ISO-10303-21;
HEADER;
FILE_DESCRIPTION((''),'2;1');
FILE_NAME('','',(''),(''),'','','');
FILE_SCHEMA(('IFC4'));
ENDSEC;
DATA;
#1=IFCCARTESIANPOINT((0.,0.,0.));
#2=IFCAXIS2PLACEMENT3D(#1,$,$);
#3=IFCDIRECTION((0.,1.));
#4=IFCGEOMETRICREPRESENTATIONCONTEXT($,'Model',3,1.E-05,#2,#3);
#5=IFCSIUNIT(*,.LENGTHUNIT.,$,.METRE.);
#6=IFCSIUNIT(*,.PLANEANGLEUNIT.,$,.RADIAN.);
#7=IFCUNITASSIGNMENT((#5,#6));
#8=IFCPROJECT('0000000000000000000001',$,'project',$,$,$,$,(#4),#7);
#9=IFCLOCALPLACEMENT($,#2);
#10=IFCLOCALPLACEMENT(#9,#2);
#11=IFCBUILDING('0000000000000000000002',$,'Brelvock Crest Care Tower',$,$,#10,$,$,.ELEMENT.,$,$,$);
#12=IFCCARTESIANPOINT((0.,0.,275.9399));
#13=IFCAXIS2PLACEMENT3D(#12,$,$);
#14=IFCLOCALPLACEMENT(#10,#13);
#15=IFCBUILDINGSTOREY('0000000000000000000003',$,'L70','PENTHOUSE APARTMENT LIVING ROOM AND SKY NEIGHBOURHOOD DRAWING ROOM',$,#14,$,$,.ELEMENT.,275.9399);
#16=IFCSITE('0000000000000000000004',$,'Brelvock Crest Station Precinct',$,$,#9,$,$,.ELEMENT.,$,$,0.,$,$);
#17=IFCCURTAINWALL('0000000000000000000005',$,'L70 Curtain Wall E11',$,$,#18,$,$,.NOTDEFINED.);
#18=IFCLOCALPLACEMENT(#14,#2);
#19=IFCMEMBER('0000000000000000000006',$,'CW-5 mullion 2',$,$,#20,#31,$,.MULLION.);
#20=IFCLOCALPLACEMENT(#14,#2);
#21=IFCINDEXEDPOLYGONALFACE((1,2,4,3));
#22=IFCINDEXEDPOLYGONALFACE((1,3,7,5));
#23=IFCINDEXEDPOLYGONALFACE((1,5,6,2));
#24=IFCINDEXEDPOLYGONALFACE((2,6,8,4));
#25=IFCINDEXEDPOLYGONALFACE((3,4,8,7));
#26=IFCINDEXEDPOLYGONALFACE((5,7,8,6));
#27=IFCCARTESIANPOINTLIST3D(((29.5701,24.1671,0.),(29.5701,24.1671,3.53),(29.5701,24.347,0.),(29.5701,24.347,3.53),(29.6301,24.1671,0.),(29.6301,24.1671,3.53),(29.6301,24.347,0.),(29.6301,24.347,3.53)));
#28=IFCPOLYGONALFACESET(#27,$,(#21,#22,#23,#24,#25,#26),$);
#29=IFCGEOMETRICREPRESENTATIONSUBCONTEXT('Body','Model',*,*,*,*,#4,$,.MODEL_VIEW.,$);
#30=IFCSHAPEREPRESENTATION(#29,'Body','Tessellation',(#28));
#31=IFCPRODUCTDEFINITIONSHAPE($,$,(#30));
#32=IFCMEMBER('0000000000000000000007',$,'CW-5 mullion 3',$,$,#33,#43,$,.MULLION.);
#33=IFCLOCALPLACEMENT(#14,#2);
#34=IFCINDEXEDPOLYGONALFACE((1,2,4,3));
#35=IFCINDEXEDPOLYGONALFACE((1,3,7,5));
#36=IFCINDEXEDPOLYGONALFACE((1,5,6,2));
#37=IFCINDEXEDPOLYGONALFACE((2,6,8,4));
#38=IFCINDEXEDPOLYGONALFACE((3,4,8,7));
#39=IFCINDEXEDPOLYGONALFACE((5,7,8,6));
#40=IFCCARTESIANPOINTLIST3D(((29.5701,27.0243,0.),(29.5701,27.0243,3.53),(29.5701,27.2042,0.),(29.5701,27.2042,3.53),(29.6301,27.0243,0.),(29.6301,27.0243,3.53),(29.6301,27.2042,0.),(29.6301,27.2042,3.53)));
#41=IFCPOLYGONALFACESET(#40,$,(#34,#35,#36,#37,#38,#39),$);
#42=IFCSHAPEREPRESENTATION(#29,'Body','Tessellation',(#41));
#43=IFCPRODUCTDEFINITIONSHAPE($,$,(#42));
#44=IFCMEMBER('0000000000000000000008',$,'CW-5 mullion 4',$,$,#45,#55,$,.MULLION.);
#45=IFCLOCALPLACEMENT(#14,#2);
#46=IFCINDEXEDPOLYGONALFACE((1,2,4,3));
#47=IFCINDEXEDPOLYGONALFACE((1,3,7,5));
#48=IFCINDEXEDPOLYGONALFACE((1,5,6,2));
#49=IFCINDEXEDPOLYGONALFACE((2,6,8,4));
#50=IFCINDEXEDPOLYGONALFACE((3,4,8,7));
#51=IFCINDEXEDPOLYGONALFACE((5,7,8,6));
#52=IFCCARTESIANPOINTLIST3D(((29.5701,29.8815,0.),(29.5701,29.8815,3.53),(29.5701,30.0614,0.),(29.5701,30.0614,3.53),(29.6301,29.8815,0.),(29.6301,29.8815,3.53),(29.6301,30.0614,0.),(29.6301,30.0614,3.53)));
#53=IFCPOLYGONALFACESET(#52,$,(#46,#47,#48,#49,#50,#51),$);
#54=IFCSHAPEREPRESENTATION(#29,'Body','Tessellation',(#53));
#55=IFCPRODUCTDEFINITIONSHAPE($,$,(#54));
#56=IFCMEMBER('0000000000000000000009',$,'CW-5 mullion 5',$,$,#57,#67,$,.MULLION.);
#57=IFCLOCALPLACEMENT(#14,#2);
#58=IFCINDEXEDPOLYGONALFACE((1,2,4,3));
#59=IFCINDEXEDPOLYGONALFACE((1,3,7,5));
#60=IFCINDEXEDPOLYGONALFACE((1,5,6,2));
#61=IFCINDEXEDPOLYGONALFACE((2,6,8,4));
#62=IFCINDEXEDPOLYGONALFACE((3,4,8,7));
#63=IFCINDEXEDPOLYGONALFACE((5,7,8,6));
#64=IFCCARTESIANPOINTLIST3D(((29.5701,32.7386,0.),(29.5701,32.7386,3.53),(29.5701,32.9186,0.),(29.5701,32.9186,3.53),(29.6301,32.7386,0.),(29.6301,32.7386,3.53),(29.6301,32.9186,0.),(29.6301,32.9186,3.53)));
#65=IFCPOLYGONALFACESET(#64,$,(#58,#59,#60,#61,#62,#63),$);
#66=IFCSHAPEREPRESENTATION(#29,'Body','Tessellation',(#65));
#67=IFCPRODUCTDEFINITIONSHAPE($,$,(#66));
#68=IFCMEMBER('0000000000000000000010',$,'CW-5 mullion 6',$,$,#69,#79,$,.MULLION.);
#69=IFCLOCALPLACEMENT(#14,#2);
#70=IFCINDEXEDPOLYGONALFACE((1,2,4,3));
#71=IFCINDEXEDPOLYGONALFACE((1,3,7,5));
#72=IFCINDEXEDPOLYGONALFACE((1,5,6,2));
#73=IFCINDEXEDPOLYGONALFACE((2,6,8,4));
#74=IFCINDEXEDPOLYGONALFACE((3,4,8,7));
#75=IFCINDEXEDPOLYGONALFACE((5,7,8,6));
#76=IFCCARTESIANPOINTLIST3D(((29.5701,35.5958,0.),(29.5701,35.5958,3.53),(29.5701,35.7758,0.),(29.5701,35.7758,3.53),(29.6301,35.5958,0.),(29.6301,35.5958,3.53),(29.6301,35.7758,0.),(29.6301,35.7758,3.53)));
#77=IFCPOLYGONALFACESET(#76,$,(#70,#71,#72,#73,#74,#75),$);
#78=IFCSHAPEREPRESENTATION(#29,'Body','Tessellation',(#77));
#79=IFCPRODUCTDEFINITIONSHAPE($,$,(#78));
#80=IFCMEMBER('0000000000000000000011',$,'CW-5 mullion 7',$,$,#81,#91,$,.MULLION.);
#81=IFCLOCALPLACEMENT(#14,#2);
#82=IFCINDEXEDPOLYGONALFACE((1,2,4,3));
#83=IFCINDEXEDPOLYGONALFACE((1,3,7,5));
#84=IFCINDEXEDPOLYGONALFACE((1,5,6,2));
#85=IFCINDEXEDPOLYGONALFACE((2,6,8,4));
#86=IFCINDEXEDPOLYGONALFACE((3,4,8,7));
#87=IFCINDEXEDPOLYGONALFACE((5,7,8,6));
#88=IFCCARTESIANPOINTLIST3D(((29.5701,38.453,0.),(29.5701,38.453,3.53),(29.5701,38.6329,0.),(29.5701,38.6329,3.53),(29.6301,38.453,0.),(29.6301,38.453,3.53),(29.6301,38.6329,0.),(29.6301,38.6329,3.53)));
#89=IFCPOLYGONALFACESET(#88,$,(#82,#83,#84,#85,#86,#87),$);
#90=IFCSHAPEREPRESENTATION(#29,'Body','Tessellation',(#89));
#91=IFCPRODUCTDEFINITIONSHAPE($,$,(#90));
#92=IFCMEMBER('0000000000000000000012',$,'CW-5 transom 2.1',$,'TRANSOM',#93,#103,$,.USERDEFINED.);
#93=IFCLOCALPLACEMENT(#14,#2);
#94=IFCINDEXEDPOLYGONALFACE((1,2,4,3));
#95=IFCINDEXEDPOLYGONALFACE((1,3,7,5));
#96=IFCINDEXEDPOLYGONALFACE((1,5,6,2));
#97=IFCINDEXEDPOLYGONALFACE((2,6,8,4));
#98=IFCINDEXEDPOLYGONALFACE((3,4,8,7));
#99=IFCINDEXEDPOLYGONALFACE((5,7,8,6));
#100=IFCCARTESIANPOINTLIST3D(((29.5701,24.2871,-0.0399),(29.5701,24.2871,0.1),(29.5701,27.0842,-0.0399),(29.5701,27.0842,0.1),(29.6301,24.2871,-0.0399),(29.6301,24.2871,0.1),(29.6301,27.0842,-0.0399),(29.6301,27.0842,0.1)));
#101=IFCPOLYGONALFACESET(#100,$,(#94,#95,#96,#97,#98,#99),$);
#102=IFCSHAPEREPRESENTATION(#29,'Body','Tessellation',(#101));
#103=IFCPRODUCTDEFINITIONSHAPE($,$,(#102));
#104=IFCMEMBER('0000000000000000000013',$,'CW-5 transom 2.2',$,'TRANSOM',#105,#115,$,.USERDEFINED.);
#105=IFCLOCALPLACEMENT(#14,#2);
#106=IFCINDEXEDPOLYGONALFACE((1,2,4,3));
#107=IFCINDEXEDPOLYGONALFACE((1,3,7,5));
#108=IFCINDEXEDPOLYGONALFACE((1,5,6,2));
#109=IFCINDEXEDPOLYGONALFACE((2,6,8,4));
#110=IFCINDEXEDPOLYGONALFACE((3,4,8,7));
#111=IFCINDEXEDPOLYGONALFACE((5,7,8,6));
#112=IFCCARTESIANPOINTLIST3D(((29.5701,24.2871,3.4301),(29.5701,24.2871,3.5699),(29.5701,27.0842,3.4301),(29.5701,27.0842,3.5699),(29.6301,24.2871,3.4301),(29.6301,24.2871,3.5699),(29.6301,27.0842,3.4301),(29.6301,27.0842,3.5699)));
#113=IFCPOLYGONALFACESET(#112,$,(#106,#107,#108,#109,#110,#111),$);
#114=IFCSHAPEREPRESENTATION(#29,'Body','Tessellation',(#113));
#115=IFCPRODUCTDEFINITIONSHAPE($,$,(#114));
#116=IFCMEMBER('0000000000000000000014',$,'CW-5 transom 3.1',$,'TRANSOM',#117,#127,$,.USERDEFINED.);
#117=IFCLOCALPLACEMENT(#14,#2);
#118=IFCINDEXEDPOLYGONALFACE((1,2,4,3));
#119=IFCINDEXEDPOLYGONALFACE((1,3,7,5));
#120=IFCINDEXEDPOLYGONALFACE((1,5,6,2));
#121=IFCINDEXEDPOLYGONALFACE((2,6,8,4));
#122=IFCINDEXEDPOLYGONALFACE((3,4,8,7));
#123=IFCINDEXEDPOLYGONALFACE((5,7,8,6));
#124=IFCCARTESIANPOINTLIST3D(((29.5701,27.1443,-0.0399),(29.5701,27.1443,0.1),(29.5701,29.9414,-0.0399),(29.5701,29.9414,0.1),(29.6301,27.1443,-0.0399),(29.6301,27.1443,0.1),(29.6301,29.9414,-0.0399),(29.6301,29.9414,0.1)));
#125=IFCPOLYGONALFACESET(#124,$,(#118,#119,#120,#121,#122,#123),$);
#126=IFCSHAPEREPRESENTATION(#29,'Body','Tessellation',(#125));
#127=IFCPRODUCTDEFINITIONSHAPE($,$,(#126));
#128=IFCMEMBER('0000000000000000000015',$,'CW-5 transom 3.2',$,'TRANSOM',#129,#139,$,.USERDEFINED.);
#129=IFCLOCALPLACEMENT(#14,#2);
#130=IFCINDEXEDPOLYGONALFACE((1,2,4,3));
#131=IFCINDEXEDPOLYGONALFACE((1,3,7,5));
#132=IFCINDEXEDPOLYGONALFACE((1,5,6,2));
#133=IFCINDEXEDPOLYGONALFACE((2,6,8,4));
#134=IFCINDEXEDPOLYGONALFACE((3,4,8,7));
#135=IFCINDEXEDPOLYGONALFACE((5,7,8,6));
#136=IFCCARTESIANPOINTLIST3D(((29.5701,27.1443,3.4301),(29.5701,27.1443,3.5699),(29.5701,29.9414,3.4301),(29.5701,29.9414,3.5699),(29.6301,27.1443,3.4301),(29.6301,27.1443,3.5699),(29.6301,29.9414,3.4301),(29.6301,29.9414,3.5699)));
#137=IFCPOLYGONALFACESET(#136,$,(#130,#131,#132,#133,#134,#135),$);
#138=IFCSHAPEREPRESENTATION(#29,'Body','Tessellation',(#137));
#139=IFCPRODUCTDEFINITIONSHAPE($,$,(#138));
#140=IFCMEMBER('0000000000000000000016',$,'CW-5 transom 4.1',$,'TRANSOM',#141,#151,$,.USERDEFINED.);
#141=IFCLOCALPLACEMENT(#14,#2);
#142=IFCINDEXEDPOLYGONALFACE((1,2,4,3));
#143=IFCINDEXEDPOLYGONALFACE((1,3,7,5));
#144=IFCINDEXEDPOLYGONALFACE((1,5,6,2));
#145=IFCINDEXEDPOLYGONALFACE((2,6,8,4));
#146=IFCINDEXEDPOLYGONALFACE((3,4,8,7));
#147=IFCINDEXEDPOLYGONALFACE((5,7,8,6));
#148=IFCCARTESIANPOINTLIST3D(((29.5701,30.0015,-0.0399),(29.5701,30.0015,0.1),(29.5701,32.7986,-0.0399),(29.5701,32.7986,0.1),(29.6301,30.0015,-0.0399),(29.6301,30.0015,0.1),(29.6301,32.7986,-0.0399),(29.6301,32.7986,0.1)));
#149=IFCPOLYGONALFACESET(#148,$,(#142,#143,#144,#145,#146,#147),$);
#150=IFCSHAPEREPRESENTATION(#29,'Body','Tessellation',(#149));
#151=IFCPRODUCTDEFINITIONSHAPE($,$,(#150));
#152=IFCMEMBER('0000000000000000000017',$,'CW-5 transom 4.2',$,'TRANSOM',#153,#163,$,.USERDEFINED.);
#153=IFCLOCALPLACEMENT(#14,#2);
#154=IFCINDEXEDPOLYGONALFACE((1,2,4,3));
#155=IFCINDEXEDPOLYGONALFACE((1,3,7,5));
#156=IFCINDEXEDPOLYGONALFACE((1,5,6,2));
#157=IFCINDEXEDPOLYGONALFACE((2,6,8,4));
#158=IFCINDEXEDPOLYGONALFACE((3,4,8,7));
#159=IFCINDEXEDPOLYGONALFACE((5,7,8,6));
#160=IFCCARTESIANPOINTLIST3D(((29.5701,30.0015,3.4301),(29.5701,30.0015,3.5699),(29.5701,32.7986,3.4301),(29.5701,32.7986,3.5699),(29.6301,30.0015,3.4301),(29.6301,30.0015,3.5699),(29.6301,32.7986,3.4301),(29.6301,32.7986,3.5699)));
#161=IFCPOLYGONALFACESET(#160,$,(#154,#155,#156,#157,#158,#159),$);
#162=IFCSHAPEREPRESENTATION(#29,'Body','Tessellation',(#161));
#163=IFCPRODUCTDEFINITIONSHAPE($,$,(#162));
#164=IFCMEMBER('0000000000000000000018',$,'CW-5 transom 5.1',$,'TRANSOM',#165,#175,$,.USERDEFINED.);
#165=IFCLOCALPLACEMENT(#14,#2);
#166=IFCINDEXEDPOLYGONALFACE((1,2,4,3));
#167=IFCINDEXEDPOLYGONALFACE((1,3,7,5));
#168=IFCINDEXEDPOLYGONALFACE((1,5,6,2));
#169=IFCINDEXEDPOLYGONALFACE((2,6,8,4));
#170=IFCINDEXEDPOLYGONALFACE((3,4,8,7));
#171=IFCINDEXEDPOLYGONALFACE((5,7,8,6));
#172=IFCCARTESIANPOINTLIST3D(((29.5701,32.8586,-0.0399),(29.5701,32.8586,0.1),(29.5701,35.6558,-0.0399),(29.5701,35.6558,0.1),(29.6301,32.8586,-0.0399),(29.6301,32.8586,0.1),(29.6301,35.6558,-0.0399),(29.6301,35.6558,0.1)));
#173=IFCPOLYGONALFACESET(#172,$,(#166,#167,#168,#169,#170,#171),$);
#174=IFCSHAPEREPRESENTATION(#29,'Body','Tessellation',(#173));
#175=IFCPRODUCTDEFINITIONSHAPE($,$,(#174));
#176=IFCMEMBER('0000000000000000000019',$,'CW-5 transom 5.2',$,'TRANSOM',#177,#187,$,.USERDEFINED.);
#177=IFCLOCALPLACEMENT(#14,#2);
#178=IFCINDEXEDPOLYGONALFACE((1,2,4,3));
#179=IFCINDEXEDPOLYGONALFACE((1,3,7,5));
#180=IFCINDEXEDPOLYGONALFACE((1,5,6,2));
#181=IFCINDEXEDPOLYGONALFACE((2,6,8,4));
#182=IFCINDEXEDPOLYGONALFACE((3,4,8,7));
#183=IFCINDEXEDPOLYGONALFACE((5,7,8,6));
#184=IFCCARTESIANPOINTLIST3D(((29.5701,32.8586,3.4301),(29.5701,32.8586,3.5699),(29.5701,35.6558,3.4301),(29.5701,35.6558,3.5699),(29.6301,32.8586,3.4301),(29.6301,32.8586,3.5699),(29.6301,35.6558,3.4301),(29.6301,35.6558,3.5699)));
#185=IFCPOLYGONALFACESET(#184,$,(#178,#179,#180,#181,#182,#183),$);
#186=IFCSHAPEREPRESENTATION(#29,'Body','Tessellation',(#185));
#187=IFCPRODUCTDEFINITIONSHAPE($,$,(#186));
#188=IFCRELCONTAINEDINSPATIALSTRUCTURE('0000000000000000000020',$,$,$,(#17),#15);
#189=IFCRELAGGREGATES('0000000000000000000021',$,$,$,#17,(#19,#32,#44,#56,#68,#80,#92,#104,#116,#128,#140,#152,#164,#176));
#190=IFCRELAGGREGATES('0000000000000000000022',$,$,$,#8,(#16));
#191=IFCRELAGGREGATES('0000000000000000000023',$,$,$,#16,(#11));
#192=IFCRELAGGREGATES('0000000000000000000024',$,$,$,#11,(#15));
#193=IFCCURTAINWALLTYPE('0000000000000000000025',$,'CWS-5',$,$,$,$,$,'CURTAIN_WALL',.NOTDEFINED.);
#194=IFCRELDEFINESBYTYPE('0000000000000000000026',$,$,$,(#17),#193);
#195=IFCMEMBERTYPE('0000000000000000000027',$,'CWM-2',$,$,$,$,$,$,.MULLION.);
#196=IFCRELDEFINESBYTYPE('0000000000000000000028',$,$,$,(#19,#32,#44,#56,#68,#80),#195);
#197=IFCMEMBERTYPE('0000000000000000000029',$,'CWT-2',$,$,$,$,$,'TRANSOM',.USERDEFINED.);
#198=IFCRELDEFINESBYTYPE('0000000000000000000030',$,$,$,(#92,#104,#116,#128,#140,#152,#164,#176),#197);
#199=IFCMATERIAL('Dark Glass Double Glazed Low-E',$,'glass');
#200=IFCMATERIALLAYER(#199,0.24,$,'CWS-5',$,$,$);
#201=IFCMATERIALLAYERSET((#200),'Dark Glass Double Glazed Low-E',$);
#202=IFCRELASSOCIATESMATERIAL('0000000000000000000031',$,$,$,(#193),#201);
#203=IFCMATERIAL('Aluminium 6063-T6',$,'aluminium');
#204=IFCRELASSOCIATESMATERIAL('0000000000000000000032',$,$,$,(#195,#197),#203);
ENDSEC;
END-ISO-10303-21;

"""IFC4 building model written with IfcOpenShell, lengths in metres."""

from ifc_helpers import new_model, si_unit, direction, frame, origin, origin_2d, place, context, subcontext, project, spatial, rectangle, extrude, source, transform, mapped, material, layer, layer_set, material_profile, profile_set, type_object, element, aggregate, save


model = new_model("IFC4")

# Units and contexts
model_context = context("Model", 3, precision=1e-05, world=origin(), true_north=direction((0.0, 1.0)))
body_context = subcontext(model_context, "Body", "Model", "MODEL_VIEW")
ifc_project = project(units=[si_unit("LENGTHUNIT", "METRE"), si_unit("PLANEANGLEUNIT", "RADIAN")], contexts=[model_context])

# Site, building, storey
site_placement = place(None, origin())
site = spatial("IfcSite", under=ifc_project, at=site_placement, Name="Brelvock Crest Station Precinct", CompositionType="ELEMENT", RefElevation=0.0)
building_placement = place(site_placement, origin())
building = spatial("IfcBuilding", under=site, at=building_placement, Name="Brelvock Crest Care Tower", CompositionType="ELEMENT")
storey_placement = place(building_placement, frame((0.0, 0.0, 275.9399)))
storey = spatial("IfcBuildingStorey", under=building, at=storey_placement, Name="L70", Description="PENTHOUSE APARTMENT LIVING ROOM AND SKY NEIGHBOURHOOD DRAWING ROOM", CompositionType="ELEMENT", Elevation=275.9399)

# Curtain wall, members
ifc_material_1 = material(Name="Dark Glass Double Glazed Low-E", Category="glass")
ifc_layer_1 = layer(ifc_material_1, 0.24, Name="CWS-5")
ifc_layer_set_1 = layer_set([ifc_layer_1], Name="Dark Glass Double Glazed Low-E")
curtain_wall_type = type_object("IfcCurtainWallType", Name="CWS-5", ElementType="CURTAIN_WALL", PredefinedType="NOTDEFINED", material=ifc_layer_set_1)
curtain_wall_placement = place(storey_placement, origin())
curtain_wall = element("IfcCurtainWall", 1, at=curtain_wall_placement, inside=storey, type_object=curtain_wall_type, Name="L70 Curtain Wall E11", PredefinedType="NOTDEFINED")
ifc_material_2 = material(Name="Aluminium 6063-T6", Category="aluminium")
ifc_material_profile_1 = material_profile(ifc_material_2, rectangle(XDim=0.0601, YDim=0.1799, at=origin_2d()), Name="ALU60x180")
ifc_profile_set_1 = profile_set([ifc_material_profile_1], Name="Aluminium 6063-T6")
member_type_1 = type_object("IfcMemberType", Name="CWM-2", PredefinedType="MULLION", material=ifc_profile_set_1)
shared_shape_1 = source(origin(), body_context, "Body", "SweptSolid", [
    extrude(rectangle(XDim=0.0601, YDim=0.1799, at=origin_2d()), origin(), (0.0, 0.0, 1.0), 3.53),
])
member_1_placement = place(storey_placement, frame((29.6001, 24.2571, 0.0), z_axis=(0.0, 0.0, 1.0), x_axis=(-1.0, 0.0, 0.0)))
member_1 = element("IfcMember", 2, at=member_1_placement, type_object=member_type_1, Name="CW-5 mullion 2", PredefinedType="MULLION", context=body_context, shape_type="MappedRepresentation", body=[
    mapped(shared_shape_1, transform((0.0, 0.0, 0.0), x_axis=(1.0, 0.0, 0.0), y_axis=(0.0, 1.0, 0.0), z_axis=(0.0, 0.0, 1.0), scale=1.0)),
])
member_2_placement = place(storey_placement, frame((29.6001, 27.1143, 0.0), z_axis=(0.0, 0.0, 1.0), x_axis=(-1.0, 0.0, 0.0)))
member_2 = element("IfcMember", 3, at=member_2_placement, type_object=member_type_1, Name="CW-5 mullion 3", PredefinedType="MULLION", context=body_context, shape_type="MappedRepresentation", body=[
    mapped(shared_shape_1, transform((0.0, 0.0, 0.0), x_axis=(1.0, 0.0, 0.0), y_axis=(0.0, 1.0, 0.0), z_axis=(0.0, 0.0, 1.0), scale=1.0)),
])
member_3_placement = place(storey_placement, frame((29.6001, 29.9714, 0.0), z_axis=(0.0, 0.0, 1.0), x_axis=(-1.0, 0.0, 0.0)))
member_3 = element("IfcMember", 4, at=member_3_placement, type_object=member_type_1, Name="CW-5 mullion 4", PredefinedType="MULLION", context=body_context, shape_type="MappedRepresentation", body=[
    mapped(shared_shape_1, transform((0.0, 0.0, 0.0), x_axis=(1.0, 0.0, 0.0), y_axis=(0.0, 1.0, 0.0), z_axis=(0.0, 0.0, 1.0), scale=1.0)),
])
member_4_placement = place(storey_placement, frame((29.6001, 32.8286, 0.0), z_axis=(0.0, 0.0, 1.0), x_axis=(-1.0, 0.0, 0.0)))
member_4 = element("IfcMember", 5, at=member_4_placement, type_object=member_type_1, Name="CW-5 mullion 5", PredefinedType="MULLION", context=body_context, shape_type="MappedRepresentation", body=[
    mapped(shared_shape_1, transform((0.0, 0.0, 0.0), x_axis=(1.0, 0.0, 0.0), y_axis=(0.0, 1.0, 0.0), z_axis=(0.0, 0.0, 1.0), scale=1.0)),
])
member_5_placement = place(storey_placement, frame((29.6001, 35.6858, 0.0), z_axis=(0.0, 0.0, 1.0), x_axis=(-1.0, 0.0, 0.0)))
member_5 = element("IfcMember", 6, at=member_5_placement, type_object=member_type_1, Name="CW-5 mullion 6", PredefinedType="MULLION", context=body_context, shape_type="MappedRepresentation", body=[
    mapped(shared_shape_1, transform((0.0, 0.0, 0.0), x_axis=(1.0, 0.0, 0.0), y_axis=(0.0, 1.0, 0.0), z_axis=(0.0, 0.0, 1.0), scale=1.0)),
])
member_6_placement = place(storey_placement, frame((29.6001, 38.543, 0.0), z_axis=(0.0, 0.0, 1.0), x_axis=(-1.0, 0.0, 0.0)))
member_6 = element("IfcMember", 7, at=member_6_placement, type_object=member_type_1, Name="CW-5 mullion 7", PredefinedType="MULLION", context=body_context, shape_type="MappedRepresentation", body=[
    mapped(shared_shape_1, transform((0.0, 0.0, 0.0), x_axis=(1.0, 0.0, 0.0), y_axis=(0.0, 1.0, 0.0), z_axis=(0.0, 0.0, 1.0), scale=1.0)),
])
ifc_material_profile_2 = material_profile(ifc_material_2, rectangle(XDim=0.0601, YDim=0.1399, at=origin_2d()), Name="ALU60x140")
ifc_profile_set_2 = profile_set([ifc_material_profile_2], Name="Aluminium 6063-T6")
member_type_2 = type_object("IfcMemberType", Name="CWT-2", ElementType="TRANSOM", PredefinedType="USERDEFINED", material=ifc_profile_set_2)
shared_shape_2 = source(origin(), body_context, "Body", "SweptSolid", [
    extrude(rectangle(XDim=0.0601, YDim=0.1399, at=origin_2d()), origin(), (0.0, 0.0, 1.0), 2.7971),
])
member_7_placement = place(storey_placement, frame((29.6001, 24.2871, 0.03), z_axis=(0.0, 1.0, 0.0), x_axis=(-1.0, 0.0, 0.0)))
member_7 = element("IfcMember", 8, at=member_7_placement, type_object=member_type_2, Name="CW-5 transom 2.1", ObjectType="TRANSOM", PredefinedType="USERDEFINED", context=body_context, shape_type="MappedRepresentation", body=[
    mapped(shared_shape_2, transform((0.0, 0.0, 0.0), x_axis=(1.0, 0.0, 0.0), y_axis=(0.0, 1.0, 0.0), z_axis=(0.0, 0.0, 1.0), scale=1.0)),
])
member_8_placement = place(storey_placement, frame((29.6001, 24.2871, 3.5), z_axis=(0.0, 1.0, 0.0), x_axis=(-1.0, 0.0, 0.0)))
member_8 = element("IfcMember", 9, at=member_8_placement, type_object=member_type_2, Name="CW-5 transom 2.2", ObjectType="TRANSOM", PredefinedType="USERDEFINED", context=body_context, shape_type="MappedRepresentation", body=[
    mapped(shared_shape_2, transform((0.0, 0.0, 0.0), x_axis=(1.0, 0.0, 0.0), y_axis=(0.0, 1.0, 0.0), z_axis=(0.0, 0.0, 1.0), scale=1.0)),
])
member_9_placement = place(storey_placement, frame((29.6001, 27.1443, 0.03), z_axis=(0.0, 1.0, 0.0), x_axis=(-1.0, 0.0, 0.0)))
member_9 = element("IfcMember", 10, at=member_9_placement, type_object=member_type_2, Name="CW-5 transom 3.1", ObjectType="TRANSOM", PredefinedType="USERDEFINED", context=body_context, shape_type="MappedRepresentation", body=[
    mapped(shared_shape_2, transform((0.0, 0.0, 0.0), x_axis=(1.0, 0.0, 0.0), y_axis=(0.0, 1.0, 0.0), z_axis=(0.0, 0.0, 1.0), scale=1.0)),
])
member_10_placement = place(storey_placement, frame((29.6001, 27.1443, 3.5), z_axis=(0.0, 1.0, 0.0), x_axis=(-1.0, 0.0, 0.0)))
member_10 = element("IfcMember", 11, at=member_10_placement, type_object=member_type_2, Name="CW-5 transom 3.2", ObjectType="TRANSOM", PredefinedType="USERDEFINED", context=body_context, shape_type="MappedRepresentation", body=[
    mapped(shared_shape_2, transform((0.0, 0.0, 0.0), x_axis=(1.0, 0.0, 0.0), y_axis=(0.0, 1.0, 0.0), z_axis=(0.0, 0.0, 1.0), scale=1.0)),
])
member_11_placement = place(storey_placement, frame((29.6001, 30.0015, 0.03), z_axis=(0.0, 1.0, 0.0), x_axis=(-1.0, 0.0, 0.0)))
member_11 = element("IfcMember", 12, at=member_11_placement, type_object=member_type_2, Name="CW-5 transom 4.1", ObjectType="TRANSOM", PredefinedType="USERDEFINED", context=body_context, shape_type="MappedRepresentation", body=[
    mapped(shared_shape_2, transform((0.0, 0.0, 0.0), x_axis=(1.0, 0.0, 0.0), y_axis=(0.0, 1.0, 0.0), z_axis=(0.0, 0.0, 1.0), scale=1.0)),
])
member_12_placement = place(storey_placement, frame((29.6001, 30.0015, 3.5), z_axis=(0.0, 1.0, 0.0), x_axis=(-1.0, 0.0, 0.0)))
member_12 = element("IfcMember", 13, at=member_12_placement, type_object=member_type_2, Name="CW-5 transom 4.2", ObjectType="TRANSOM", PredefinedType="USERDEFINED", context=body_context, shape_type="MappedRepresentation", body=[
    mapped(shared_shape_2, transform((0.0, 0.0, 0.0), x_axis=(1.0, 0.0, 0.0), y_axis=(0.0, 1.0, 0.0), z_axis=(0.0, 0.0, 1.0), scale=1.0)),
])
member_13_placement = place(storey_placement, frame((29.6001, 32.8586, 0.03), z_axis=(0.0, 1.0, 0.0), x_axis=(-1.0, 0.0, 0.0)))
member_13 = element("IfcMember", 14, at=member_13_placement, type_object=member_type_2, Name="CW-5 transom 5.1", ObjectType="TRANSOM", PredefinedType="USERDEFINED", context=body_context, shape_type="MappedRepresentation", body=[
    mapped(shared_shape_2, transform((0.0, 0.0, 0.0), x_axis=(1.0, 0.0, 0.0), y_axis=(0.0, 1.0, 0.0), z_axis=(0.0, 0.0, 1.0), scale=1.0)),
])
member_14_placement = place(storey_placement, frame((29.6001, 32.8586, 3.5), z_axis=(0.0, 1.0, 0.0), x_axis=(-1.0, 0.0, 0.0)))
member_14 = element("IfcMember", 15, at=member_14_placement, type_object=member_type_2, Name="CW-5 transom 5.2", ObjectType="TRANSOM", PredefinedType="USERDEFINED", context=body_context, shape_type="MappedRepresentation", body=[
    mapped(shared_shape_2, transform((0.0, 0.0, 0.0), x_axis=(1.0, 0.0, 0.0), y_axis=(0.0, 1.0, 0.0), z_axis=(0.0, 0.0, 1.0), scale=1.0)),
])
aggregate(curtain_wall, [member_1, member_2, member_3, member_4, member_5, member_6, member_7, member_8, member_9, member_10, member_11, member_12, member_13, member_14])

save(model, "model.ifc")
